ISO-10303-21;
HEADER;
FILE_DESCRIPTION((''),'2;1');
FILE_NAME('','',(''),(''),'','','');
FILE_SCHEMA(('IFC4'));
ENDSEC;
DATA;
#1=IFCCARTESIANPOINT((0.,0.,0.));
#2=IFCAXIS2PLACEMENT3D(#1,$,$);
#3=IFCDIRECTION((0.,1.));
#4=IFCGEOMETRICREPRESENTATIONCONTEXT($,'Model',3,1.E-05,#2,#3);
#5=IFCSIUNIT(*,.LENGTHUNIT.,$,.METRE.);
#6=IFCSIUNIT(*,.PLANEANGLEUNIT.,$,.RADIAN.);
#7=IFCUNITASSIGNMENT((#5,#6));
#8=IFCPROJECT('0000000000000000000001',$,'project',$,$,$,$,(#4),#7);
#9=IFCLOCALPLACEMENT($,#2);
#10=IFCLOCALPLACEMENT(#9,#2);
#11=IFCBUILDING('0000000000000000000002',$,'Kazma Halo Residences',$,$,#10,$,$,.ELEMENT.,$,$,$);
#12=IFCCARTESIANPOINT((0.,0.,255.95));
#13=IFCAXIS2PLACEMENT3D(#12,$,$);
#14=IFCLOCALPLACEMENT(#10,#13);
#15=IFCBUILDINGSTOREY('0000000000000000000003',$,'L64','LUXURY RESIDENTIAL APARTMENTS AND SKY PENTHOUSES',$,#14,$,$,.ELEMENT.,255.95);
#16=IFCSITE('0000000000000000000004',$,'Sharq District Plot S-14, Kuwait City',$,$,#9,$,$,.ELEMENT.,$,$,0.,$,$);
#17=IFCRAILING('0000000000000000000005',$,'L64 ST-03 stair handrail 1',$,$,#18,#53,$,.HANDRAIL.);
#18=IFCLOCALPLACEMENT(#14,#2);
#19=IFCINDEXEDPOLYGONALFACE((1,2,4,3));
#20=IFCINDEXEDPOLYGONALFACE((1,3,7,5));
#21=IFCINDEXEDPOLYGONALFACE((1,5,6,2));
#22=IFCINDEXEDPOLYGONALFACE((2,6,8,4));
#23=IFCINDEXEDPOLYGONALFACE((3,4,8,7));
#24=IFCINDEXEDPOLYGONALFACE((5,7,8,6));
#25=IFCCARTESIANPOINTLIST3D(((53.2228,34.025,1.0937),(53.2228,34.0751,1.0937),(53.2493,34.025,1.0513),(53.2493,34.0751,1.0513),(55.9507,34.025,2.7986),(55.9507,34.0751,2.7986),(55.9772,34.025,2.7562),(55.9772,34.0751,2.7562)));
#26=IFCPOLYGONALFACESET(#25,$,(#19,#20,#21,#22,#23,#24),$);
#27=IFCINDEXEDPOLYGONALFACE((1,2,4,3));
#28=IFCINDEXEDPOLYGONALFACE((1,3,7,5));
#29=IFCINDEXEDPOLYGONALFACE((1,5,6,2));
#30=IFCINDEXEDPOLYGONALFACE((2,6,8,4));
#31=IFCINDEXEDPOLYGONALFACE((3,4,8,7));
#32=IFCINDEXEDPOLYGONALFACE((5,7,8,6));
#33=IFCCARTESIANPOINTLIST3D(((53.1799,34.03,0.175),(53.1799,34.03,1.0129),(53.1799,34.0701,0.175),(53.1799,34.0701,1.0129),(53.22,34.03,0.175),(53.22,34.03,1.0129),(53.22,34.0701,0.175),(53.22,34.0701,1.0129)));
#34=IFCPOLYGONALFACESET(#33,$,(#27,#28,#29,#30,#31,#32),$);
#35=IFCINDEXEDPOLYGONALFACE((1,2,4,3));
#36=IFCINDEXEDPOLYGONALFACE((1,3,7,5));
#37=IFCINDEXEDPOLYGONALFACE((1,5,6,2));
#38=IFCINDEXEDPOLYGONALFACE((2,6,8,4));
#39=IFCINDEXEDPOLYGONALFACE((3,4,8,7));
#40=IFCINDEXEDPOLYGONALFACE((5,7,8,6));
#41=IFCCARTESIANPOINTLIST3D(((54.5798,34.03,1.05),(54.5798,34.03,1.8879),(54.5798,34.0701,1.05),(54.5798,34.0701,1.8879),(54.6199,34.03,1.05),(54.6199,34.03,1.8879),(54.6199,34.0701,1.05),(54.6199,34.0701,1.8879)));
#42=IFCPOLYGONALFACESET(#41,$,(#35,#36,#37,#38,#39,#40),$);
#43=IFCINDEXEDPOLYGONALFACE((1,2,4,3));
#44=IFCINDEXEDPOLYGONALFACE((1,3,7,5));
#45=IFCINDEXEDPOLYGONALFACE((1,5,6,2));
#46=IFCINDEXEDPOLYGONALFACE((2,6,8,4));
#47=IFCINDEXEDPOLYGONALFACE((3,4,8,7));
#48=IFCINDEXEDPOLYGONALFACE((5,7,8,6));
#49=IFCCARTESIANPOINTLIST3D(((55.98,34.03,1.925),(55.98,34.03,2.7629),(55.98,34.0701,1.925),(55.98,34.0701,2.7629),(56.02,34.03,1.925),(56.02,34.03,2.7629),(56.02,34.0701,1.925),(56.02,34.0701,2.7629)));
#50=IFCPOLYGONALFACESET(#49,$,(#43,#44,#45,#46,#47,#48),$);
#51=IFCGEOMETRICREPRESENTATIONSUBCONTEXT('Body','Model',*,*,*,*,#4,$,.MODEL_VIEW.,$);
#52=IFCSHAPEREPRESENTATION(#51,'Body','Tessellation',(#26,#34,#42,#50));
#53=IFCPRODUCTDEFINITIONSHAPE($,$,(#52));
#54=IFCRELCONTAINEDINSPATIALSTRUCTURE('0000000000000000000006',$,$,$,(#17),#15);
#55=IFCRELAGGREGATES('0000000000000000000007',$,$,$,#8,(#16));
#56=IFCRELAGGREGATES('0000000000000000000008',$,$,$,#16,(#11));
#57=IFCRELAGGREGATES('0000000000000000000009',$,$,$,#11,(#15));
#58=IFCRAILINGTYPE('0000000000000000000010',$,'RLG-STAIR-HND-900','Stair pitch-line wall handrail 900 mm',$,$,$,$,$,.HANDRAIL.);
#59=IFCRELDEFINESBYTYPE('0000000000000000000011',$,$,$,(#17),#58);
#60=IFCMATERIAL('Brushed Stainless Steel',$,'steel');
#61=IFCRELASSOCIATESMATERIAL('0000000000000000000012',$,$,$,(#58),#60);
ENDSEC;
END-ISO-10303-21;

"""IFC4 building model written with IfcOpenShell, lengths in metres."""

from ifc_helpers import new_model, si_unit, direction, frame, origin, origin_2d, place, context, subcontext, project, spatial, rectangle, extrude, material, type_object, element, save


model = new_model("IFC4")

# Units and contexts
model_context = context("Model", 3, precision=1e-05, world=origin(), true_north=direction((0.0, 1.0)))
body_context = subcontext(model_context, "Body", "Model", "MODEL_VIEW")
ifc_project = project(units=[si_unit("LENGTHUNIT", "METRE"), si_unit("PLANEANGLEUNIT", "RADIAN")], contexts=[model_context])

# Site, building, storey
site_placement = place(None, origin())
site = spatial("IfcSite", under=ifc_project, at=site_placement, Name="Sharq District Plot S-14, Kuwait City", CompositionType="ELEMENT", RefElevation=0.0)
building_placement = place(site_placement, origin())
building = spatial("IfcBuilding", under=site, at=building_placement, Name="Kazma Halo Residences", CompositionType="ELEMENT")
storey_placement = place(building_placement, frame((0.0, 0.0, 255.95)))
storey = spatial("IfcBuildingStorey", under=building, at=storey_placement, Name="L64", Description="LUXURY RESIDENTIAL APARTMENTS AND SKY PENTHOUSES", CompositionType="ELEMENT", Elevation=255.95)

# Railing
ifc_material_1 = material(Name="Brushed Stainless Steel", Category="steel")
railing_type_1 = type_object("IfcRailingType", Name="RLG-STAIR-HND-900", Description="Stair pitch-line wall handrail 900 mm", PredefinedType="HANDRAIL", material=ifc_material_1)
railing_1_placement = place(storey_placement, frame((53.2, 34.05, 0.175)))
element("IfcRailing", 1, at=railing_1_placement, inside=storey, type_object=railing_type_1, Name="L64 ST-03 stair handrail 1", PredefinedType="HANDRAIL", context=body_context, shape_type="SweptSolid", body=[
    extrude(rectangle(XDim=0.05, YDim=0.05, at=origin_2d()), frame((0.0361, 0.0, 0.8975), z_axis=(0.848002, 0.0, 0.529992), x_axis=(0.0, 1.0, 0.0)), (0.0, 0.0, 1.0), 3.2168),
    extrude(rectangle(XDim=0.04, YDim=0.04, at=origin_2d()), origin(), (0.0, 0.0, 1.0), 0.8379),
    extrude(rectangle(XDim=0.04, YDim=0.04, at=origin_2d()), frame((1.3999, 0.0, 0.875)), (0.0, 0.0, 1.0), 0.8379),
    extrude(rectangle(XDim=0.04, YDim=0.04, at=origin_2d()), frame((2.8, 0.0, 1.75)), (0.0, 0.0, 1.0), 0.8379),
])

save(model, "model.ifc")
